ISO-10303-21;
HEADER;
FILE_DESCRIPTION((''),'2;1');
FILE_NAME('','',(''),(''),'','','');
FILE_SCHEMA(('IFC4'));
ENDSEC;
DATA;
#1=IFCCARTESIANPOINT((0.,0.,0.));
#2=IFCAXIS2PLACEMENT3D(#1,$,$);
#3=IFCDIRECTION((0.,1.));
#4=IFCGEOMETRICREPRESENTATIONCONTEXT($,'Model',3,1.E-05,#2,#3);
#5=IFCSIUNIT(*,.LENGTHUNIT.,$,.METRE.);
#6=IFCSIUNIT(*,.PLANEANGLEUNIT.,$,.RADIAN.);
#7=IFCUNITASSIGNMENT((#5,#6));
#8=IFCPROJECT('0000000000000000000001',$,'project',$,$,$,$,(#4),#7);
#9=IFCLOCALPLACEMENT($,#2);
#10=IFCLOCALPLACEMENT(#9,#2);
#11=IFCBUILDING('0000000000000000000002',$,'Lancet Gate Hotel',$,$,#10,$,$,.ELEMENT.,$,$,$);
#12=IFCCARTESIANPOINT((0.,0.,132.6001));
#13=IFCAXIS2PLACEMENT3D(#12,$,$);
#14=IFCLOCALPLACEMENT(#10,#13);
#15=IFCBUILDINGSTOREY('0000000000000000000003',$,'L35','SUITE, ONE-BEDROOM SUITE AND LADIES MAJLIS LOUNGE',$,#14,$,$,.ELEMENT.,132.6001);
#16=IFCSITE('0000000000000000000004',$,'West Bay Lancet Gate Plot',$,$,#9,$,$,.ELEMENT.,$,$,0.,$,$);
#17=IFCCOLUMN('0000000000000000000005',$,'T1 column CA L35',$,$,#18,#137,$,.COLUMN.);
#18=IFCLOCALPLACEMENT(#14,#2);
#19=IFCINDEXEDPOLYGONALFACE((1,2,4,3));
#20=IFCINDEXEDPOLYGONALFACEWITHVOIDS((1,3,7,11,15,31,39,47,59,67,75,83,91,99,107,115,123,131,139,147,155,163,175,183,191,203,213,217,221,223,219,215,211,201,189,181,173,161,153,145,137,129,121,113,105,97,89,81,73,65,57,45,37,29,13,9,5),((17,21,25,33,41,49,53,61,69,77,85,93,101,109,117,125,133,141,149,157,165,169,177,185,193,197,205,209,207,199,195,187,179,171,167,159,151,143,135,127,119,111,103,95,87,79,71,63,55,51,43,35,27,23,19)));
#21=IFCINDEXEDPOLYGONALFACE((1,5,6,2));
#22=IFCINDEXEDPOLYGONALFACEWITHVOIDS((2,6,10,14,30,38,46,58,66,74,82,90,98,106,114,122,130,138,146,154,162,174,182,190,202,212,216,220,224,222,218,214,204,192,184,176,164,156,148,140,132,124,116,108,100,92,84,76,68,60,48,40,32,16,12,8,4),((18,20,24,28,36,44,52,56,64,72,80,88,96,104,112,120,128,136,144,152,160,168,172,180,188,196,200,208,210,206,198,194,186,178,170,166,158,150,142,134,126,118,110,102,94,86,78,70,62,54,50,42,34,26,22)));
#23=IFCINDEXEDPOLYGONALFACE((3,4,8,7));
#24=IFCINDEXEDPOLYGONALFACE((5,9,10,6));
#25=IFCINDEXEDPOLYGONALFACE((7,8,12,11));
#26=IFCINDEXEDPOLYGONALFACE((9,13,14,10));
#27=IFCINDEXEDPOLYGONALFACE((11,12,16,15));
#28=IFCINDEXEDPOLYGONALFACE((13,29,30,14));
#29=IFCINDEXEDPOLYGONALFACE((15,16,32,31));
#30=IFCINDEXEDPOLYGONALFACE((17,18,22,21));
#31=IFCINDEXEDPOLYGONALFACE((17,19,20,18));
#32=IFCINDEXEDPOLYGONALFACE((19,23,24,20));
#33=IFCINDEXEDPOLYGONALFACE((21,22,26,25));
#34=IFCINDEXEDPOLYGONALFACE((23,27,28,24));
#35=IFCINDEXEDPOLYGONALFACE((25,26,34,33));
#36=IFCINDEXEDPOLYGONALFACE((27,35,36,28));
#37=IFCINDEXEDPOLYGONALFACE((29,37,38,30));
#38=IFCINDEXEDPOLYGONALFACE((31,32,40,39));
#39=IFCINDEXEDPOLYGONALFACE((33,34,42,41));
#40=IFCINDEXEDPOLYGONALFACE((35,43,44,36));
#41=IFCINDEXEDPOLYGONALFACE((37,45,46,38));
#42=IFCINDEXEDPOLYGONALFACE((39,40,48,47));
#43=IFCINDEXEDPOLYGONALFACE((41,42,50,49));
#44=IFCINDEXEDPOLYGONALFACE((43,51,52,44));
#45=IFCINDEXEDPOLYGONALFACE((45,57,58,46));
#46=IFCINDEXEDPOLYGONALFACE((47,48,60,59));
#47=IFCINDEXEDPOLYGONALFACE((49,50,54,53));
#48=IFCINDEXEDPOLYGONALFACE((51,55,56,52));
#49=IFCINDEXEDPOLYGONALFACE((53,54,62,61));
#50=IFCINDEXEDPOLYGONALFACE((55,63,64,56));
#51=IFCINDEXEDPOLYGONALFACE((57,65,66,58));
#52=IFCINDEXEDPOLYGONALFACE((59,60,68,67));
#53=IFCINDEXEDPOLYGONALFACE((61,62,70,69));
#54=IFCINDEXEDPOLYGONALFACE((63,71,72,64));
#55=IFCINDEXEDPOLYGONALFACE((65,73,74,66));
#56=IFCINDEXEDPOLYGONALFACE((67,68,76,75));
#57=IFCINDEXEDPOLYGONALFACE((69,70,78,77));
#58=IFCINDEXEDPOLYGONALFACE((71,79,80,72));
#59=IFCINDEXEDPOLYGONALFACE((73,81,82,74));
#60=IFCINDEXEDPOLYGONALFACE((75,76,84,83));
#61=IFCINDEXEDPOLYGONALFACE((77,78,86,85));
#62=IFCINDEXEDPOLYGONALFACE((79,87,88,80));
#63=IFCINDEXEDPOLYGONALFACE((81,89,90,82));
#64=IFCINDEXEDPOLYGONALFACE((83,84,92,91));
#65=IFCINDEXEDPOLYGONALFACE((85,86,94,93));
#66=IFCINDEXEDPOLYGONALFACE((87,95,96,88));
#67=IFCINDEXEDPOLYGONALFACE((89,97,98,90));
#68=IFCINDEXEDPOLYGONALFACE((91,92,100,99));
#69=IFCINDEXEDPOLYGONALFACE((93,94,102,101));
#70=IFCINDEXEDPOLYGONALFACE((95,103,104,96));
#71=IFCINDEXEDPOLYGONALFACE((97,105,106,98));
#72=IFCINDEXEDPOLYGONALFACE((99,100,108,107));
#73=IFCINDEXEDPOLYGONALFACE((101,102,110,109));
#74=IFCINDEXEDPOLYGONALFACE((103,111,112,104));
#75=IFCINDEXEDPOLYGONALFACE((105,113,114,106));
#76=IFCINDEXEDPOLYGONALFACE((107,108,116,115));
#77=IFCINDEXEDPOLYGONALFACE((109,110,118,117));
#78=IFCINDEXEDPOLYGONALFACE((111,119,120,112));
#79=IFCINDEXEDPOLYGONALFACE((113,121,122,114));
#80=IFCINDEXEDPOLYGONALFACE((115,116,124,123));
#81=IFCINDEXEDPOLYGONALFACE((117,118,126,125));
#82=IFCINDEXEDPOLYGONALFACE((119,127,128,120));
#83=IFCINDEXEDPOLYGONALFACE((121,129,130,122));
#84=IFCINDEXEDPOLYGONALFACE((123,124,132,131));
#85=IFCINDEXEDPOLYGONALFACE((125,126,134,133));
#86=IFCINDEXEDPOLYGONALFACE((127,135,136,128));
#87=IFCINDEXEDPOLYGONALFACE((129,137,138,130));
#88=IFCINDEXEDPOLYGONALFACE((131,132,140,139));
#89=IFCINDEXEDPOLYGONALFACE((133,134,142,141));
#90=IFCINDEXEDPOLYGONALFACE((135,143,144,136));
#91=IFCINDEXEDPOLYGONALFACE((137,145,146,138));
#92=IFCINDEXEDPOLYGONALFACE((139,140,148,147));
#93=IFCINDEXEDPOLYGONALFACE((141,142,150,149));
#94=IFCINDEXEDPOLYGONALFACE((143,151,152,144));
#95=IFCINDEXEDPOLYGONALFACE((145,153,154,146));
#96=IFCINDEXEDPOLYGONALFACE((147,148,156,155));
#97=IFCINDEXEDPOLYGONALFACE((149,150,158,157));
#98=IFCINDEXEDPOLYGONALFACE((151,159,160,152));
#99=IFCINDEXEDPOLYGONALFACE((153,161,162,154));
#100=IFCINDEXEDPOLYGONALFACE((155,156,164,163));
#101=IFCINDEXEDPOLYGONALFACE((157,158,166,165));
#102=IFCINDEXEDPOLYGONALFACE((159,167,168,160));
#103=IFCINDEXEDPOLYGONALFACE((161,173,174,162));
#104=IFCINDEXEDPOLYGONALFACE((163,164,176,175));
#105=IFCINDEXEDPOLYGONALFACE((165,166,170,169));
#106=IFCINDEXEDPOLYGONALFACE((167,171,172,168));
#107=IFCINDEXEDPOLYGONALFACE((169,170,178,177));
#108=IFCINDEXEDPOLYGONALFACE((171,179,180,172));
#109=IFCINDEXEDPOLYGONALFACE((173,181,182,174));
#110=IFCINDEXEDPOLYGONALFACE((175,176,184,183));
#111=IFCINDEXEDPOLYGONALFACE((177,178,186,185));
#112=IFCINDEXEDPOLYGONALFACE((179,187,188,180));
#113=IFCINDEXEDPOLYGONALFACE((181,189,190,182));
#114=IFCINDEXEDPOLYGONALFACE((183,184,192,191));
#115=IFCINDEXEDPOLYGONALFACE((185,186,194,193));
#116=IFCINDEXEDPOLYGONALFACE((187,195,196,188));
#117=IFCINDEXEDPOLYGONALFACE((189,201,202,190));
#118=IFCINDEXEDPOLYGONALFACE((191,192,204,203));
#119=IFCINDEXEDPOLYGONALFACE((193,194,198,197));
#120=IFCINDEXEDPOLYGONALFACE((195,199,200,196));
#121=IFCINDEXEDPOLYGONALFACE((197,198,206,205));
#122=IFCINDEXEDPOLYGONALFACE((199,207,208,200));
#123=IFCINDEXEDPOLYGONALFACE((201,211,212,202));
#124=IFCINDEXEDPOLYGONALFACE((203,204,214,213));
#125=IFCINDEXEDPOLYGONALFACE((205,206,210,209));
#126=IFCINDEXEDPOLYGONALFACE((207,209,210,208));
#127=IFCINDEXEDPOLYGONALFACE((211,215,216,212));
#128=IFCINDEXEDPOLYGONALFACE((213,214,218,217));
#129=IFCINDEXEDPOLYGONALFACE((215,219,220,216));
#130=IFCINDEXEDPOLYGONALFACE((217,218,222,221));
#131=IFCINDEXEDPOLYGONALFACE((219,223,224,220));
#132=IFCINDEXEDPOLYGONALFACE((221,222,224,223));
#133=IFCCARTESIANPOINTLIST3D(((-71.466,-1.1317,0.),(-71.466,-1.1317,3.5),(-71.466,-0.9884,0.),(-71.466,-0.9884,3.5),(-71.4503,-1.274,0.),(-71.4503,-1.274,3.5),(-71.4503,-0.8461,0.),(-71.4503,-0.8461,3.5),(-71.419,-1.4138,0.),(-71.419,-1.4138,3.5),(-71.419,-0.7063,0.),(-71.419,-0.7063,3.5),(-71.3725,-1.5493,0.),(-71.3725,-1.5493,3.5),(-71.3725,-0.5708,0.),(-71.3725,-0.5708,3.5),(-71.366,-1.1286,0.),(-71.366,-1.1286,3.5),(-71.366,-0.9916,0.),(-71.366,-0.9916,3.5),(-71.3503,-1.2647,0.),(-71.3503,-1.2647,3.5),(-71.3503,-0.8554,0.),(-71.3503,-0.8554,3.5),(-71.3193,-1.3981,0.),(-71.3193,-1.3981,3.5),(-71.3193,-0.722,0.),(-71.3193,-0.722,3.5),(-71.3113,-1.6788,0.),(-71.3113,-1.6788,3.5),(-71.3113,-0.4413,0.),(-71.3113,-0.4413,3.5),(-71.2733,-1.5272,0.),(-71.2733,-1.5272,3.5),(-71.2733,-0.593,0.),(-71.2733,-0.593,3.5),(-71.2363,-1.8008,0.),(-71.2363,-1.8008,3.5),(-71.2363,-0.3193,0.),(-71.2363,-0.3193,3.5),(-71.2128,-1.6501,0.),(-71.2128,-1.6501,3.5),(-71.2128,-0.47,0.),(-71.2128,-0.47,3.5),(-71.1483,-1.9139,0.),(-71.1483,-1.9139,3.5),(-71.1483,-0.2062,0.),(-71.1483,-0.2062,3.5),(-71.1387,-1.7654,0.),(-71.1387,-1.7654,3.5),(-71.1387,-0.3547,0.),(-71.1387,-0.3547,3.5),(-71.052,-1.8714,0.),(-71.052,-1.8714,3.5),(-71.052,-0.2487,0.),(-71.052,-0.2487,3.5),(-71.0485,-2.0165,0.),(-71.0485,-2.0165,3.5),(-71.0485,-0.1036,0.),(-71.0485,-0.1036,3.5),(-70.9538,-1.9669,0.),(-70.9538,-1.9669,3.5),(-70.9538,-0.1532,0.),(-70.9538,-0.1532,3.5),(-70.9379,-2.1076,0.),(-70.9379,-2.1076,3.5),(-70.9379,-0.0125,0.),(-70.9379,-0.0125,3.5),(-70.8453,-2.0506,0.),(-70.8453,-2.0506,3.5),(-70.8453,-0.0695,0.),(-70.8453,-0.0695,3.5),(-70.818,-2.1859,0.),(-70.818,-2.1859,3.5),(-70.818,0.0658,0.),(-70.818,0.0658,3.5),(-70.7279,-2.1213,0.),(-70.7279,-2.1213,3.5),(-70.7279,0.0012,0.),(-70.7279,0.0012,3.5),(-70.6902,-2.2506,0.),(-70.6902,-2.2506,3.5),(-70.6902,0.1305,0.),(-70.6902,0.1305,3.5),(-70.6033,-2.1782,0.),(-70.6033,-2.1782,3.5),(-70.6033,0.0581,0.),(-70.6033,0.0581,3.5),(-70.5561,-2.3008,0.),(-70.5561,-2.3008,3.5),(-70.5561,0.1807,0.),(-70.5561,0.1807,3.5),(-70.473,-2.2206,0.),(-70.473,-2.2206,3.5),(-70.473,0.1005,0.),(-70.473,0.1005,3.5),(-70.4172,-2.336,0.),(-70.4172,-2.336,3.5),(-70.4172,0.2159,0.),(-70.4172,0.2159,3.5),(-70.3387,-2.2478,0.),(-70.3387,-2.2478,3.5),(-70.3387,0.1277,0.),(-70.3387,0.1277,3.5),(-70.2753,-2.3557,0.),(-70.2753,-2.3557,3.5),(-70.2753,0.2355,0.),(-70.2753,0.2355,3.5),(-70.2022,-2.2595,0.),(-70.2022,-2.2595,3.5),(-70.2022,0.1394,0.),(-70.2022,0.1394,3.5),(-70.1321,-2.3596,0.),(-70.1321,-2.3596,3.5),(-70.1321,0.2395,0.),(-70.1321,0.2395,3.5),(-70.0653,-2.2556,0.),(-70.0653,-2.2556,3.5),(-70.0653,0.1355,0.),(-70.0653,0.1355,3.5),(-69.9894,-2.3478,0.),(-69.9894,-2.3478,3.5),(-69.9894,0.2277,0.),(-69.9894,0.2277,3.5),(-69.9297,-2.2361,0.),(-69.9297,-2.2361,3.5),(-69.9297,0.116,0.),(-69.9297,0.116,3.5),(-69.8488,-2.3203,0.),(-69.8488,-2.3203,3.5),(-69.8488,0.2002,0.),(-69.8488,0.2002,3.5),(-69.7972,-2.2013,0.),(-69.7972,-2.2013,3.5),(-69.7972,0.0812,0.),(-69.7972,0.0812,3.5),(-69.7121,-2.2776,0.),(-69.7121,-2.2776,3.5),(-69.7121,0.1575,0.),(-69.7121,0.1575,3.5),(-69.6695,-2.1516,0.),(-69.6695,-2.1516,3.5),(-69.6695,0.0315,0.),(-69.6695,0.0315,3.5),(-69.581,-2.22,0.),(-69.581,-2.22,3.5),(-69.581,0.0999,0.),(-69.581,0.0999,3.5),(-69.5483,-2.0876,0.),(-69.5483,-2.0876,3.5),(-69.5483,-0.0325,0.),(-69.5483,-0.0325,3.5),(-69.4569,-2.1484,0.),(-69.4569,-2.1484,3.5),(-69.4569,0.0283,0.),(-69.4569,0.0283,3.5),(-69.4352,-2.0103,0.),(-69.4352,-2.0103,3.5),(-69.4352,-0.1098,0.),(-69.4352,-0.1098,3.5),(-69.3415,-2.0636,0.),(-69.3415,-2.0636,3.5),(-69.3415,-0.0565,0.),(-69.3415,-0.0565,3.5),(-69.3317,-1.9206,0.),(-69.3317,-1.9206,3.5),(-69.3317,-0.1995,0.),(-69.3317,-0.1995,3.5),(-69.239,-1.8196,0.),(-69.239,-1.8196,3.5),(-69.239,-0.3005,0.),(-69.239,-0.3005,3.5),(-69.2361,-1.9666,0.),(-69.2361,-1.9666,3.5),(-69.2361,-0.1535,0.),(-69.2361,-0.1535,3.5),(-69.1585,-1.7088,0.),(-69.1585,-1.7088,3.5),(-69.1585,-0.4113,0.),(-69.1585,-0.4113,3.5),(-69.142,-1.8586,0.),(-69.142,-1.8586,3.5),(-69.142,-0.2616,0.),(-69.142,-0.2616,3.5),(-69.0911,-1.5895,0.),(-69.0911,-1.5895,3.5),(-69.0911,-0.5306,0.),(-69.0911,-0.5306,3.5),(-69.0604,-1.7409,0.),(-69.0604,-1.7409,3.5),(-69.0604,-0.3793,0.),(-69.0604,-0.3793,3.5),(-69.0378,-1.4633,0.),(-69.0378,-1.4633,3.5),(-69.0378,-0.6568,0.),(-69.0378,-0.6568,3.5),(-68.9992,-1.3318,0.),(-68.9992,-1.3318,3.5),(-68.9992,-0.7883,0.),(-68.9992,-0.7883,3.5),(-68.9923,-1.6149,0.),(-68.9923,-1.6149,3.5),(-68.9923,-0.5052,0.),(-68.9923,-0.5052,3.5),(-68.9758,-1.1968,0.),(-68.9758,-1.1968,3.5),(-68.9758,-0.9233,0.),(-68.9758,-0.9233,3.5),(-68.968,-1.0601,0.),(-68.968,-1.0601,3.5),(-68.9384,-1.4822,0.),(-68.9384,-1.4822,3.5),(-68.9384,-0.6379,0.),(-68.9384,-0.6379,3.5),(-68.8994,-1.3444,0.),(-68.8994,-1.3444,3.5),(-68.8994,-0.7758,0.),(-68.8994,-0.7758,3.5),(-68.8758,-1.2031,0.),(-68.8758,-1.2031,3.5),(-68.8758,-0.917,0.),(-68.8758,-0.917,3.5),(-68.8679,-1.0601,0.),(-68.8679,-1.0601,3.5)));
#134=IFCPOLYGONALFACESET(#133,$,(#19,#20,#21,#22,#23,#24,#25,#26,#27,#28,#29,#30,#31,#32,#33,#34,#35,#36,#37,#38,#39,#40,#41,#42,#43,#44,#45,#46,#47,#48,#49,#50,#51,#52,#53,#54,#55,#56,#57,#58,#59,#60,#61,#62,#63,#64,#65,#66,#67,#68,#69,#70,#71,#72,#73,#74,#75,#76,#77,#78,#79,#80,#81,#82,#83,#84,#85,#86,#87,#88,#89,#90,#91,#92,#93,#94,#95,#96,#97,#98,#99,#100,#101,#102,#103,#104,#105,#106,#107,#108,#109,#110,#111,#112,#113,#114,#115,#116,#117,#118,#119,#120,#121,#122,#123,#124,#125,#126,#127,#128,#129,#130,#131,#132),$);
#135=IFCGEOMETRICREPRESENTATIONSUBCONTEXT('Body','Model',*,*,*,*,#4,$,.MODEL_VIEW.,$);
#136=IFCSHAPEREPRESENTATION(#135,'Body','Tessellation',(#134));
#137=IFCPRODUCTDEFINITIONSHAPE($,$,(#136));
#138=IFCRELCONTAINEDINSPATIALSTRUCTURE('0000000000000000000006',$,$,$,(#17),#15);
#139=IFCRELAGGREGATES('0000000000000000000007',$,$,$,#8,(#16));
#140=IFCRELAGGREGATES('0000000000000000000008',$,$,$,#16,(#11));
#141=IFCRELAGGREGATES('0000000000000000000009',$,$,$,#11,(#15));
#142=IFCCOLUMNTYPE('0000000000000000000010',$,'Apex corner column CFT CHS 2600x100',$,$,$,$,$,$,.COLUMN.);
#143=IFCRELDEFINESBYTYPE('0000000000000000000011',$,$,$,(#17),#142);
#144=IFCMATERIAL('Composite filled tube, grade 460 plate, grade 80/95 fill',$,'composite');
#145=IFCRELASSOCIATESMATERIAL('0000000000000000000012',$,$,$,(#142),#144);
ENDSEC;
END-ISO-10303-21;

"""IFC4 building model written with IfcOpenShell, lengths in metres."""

from ifc_helpers import new_model, si_unit, direction, frame, origin, origin_2d, place, context, subcontext, project, spatial, hollow_circle, extrude, material, material_profile, profile_set, type_object, element, save


model = new_model("IFC4")

# Units and contexts
model_context = context("Model", 3, precision=1e-05, world=origin(), true_north=direction((0.0, 1.0)))
body_context = subcontext(model_context, "Body", "Model", "MODEL_VIEW")
ifc_project = project(units=[si_unit("LENGTHUNIT", "METRE"), si_unit("PLANEANGLEUNIT", "RADIAN")], contexts=[model_context])

# Site, building, storey
site_placement = place(None, origin())
site = spatial("IfcSite", under=ifc_project, at=site_placement, Name="West Bay Lancet Gate Plot", CompositionType="ELEMENT", RefElevation=0.0)
building_placement = place(site_placement, origin())
building = spatial("IfcBuilding", under=site, at=building_placement, Name="Lancet Gate Hotel", CompositionType="ELEMENT")
storey_placement = place(building_placement, frame((0.0, 0.0, 132.6001)))
storey = spatial("IfcBuildingStorey", under=building, at=storey_placement, Name="L35", Description="SUITE, ONE-BEDROOM SUITE AND LADIES MAJLIS LOUNGE", CompositionType="ELEMENT", Elevation=132.6001)

# Column
ifc_material_1 = material(Name="Composite filled tube, grade 460 plate, grade 80/95 fill", Category="composite")
ifc_material_profile_1 = material_profile(ifc_material_1, hollow_circle(Radius=1.3, WallThickness=0.1001, at=origin_2d()), Name="CHS 2600x100")
ifc_profile_set_1 = profile_set([ifc_material_profile_1], Name="Composite filled tube, grade 460 plate, grade 80/95 fill")
column_type_1 = type_object("IfcColumnType", Name="Apex corner column CFT CHS 2600x100", PredefinedType="COLUMN", material=ifc_profile_set_1)
column_1_placement = place(storey_placement, frame((-70.168, -1.0601, 0.0), z_axis=(0.0, 0.0, 1.0), x_axis=(1.0, 0.0, 0.0)))
element("IfcColumn", 1, at=column_1_placement, inside=storey, type_object=column_type_1, Name="T1 column CA L35", PredefinedType="COLUMN", context=body_context, shape_type="SweptSolid", body=[
    extrude(hollow_circle(Radius=1.3, WallThickness=0.1001, at=origin_2d()), origin(), (0.0, 0.0, 1.0), 3.5),
])

save(model, "model.ifc")
